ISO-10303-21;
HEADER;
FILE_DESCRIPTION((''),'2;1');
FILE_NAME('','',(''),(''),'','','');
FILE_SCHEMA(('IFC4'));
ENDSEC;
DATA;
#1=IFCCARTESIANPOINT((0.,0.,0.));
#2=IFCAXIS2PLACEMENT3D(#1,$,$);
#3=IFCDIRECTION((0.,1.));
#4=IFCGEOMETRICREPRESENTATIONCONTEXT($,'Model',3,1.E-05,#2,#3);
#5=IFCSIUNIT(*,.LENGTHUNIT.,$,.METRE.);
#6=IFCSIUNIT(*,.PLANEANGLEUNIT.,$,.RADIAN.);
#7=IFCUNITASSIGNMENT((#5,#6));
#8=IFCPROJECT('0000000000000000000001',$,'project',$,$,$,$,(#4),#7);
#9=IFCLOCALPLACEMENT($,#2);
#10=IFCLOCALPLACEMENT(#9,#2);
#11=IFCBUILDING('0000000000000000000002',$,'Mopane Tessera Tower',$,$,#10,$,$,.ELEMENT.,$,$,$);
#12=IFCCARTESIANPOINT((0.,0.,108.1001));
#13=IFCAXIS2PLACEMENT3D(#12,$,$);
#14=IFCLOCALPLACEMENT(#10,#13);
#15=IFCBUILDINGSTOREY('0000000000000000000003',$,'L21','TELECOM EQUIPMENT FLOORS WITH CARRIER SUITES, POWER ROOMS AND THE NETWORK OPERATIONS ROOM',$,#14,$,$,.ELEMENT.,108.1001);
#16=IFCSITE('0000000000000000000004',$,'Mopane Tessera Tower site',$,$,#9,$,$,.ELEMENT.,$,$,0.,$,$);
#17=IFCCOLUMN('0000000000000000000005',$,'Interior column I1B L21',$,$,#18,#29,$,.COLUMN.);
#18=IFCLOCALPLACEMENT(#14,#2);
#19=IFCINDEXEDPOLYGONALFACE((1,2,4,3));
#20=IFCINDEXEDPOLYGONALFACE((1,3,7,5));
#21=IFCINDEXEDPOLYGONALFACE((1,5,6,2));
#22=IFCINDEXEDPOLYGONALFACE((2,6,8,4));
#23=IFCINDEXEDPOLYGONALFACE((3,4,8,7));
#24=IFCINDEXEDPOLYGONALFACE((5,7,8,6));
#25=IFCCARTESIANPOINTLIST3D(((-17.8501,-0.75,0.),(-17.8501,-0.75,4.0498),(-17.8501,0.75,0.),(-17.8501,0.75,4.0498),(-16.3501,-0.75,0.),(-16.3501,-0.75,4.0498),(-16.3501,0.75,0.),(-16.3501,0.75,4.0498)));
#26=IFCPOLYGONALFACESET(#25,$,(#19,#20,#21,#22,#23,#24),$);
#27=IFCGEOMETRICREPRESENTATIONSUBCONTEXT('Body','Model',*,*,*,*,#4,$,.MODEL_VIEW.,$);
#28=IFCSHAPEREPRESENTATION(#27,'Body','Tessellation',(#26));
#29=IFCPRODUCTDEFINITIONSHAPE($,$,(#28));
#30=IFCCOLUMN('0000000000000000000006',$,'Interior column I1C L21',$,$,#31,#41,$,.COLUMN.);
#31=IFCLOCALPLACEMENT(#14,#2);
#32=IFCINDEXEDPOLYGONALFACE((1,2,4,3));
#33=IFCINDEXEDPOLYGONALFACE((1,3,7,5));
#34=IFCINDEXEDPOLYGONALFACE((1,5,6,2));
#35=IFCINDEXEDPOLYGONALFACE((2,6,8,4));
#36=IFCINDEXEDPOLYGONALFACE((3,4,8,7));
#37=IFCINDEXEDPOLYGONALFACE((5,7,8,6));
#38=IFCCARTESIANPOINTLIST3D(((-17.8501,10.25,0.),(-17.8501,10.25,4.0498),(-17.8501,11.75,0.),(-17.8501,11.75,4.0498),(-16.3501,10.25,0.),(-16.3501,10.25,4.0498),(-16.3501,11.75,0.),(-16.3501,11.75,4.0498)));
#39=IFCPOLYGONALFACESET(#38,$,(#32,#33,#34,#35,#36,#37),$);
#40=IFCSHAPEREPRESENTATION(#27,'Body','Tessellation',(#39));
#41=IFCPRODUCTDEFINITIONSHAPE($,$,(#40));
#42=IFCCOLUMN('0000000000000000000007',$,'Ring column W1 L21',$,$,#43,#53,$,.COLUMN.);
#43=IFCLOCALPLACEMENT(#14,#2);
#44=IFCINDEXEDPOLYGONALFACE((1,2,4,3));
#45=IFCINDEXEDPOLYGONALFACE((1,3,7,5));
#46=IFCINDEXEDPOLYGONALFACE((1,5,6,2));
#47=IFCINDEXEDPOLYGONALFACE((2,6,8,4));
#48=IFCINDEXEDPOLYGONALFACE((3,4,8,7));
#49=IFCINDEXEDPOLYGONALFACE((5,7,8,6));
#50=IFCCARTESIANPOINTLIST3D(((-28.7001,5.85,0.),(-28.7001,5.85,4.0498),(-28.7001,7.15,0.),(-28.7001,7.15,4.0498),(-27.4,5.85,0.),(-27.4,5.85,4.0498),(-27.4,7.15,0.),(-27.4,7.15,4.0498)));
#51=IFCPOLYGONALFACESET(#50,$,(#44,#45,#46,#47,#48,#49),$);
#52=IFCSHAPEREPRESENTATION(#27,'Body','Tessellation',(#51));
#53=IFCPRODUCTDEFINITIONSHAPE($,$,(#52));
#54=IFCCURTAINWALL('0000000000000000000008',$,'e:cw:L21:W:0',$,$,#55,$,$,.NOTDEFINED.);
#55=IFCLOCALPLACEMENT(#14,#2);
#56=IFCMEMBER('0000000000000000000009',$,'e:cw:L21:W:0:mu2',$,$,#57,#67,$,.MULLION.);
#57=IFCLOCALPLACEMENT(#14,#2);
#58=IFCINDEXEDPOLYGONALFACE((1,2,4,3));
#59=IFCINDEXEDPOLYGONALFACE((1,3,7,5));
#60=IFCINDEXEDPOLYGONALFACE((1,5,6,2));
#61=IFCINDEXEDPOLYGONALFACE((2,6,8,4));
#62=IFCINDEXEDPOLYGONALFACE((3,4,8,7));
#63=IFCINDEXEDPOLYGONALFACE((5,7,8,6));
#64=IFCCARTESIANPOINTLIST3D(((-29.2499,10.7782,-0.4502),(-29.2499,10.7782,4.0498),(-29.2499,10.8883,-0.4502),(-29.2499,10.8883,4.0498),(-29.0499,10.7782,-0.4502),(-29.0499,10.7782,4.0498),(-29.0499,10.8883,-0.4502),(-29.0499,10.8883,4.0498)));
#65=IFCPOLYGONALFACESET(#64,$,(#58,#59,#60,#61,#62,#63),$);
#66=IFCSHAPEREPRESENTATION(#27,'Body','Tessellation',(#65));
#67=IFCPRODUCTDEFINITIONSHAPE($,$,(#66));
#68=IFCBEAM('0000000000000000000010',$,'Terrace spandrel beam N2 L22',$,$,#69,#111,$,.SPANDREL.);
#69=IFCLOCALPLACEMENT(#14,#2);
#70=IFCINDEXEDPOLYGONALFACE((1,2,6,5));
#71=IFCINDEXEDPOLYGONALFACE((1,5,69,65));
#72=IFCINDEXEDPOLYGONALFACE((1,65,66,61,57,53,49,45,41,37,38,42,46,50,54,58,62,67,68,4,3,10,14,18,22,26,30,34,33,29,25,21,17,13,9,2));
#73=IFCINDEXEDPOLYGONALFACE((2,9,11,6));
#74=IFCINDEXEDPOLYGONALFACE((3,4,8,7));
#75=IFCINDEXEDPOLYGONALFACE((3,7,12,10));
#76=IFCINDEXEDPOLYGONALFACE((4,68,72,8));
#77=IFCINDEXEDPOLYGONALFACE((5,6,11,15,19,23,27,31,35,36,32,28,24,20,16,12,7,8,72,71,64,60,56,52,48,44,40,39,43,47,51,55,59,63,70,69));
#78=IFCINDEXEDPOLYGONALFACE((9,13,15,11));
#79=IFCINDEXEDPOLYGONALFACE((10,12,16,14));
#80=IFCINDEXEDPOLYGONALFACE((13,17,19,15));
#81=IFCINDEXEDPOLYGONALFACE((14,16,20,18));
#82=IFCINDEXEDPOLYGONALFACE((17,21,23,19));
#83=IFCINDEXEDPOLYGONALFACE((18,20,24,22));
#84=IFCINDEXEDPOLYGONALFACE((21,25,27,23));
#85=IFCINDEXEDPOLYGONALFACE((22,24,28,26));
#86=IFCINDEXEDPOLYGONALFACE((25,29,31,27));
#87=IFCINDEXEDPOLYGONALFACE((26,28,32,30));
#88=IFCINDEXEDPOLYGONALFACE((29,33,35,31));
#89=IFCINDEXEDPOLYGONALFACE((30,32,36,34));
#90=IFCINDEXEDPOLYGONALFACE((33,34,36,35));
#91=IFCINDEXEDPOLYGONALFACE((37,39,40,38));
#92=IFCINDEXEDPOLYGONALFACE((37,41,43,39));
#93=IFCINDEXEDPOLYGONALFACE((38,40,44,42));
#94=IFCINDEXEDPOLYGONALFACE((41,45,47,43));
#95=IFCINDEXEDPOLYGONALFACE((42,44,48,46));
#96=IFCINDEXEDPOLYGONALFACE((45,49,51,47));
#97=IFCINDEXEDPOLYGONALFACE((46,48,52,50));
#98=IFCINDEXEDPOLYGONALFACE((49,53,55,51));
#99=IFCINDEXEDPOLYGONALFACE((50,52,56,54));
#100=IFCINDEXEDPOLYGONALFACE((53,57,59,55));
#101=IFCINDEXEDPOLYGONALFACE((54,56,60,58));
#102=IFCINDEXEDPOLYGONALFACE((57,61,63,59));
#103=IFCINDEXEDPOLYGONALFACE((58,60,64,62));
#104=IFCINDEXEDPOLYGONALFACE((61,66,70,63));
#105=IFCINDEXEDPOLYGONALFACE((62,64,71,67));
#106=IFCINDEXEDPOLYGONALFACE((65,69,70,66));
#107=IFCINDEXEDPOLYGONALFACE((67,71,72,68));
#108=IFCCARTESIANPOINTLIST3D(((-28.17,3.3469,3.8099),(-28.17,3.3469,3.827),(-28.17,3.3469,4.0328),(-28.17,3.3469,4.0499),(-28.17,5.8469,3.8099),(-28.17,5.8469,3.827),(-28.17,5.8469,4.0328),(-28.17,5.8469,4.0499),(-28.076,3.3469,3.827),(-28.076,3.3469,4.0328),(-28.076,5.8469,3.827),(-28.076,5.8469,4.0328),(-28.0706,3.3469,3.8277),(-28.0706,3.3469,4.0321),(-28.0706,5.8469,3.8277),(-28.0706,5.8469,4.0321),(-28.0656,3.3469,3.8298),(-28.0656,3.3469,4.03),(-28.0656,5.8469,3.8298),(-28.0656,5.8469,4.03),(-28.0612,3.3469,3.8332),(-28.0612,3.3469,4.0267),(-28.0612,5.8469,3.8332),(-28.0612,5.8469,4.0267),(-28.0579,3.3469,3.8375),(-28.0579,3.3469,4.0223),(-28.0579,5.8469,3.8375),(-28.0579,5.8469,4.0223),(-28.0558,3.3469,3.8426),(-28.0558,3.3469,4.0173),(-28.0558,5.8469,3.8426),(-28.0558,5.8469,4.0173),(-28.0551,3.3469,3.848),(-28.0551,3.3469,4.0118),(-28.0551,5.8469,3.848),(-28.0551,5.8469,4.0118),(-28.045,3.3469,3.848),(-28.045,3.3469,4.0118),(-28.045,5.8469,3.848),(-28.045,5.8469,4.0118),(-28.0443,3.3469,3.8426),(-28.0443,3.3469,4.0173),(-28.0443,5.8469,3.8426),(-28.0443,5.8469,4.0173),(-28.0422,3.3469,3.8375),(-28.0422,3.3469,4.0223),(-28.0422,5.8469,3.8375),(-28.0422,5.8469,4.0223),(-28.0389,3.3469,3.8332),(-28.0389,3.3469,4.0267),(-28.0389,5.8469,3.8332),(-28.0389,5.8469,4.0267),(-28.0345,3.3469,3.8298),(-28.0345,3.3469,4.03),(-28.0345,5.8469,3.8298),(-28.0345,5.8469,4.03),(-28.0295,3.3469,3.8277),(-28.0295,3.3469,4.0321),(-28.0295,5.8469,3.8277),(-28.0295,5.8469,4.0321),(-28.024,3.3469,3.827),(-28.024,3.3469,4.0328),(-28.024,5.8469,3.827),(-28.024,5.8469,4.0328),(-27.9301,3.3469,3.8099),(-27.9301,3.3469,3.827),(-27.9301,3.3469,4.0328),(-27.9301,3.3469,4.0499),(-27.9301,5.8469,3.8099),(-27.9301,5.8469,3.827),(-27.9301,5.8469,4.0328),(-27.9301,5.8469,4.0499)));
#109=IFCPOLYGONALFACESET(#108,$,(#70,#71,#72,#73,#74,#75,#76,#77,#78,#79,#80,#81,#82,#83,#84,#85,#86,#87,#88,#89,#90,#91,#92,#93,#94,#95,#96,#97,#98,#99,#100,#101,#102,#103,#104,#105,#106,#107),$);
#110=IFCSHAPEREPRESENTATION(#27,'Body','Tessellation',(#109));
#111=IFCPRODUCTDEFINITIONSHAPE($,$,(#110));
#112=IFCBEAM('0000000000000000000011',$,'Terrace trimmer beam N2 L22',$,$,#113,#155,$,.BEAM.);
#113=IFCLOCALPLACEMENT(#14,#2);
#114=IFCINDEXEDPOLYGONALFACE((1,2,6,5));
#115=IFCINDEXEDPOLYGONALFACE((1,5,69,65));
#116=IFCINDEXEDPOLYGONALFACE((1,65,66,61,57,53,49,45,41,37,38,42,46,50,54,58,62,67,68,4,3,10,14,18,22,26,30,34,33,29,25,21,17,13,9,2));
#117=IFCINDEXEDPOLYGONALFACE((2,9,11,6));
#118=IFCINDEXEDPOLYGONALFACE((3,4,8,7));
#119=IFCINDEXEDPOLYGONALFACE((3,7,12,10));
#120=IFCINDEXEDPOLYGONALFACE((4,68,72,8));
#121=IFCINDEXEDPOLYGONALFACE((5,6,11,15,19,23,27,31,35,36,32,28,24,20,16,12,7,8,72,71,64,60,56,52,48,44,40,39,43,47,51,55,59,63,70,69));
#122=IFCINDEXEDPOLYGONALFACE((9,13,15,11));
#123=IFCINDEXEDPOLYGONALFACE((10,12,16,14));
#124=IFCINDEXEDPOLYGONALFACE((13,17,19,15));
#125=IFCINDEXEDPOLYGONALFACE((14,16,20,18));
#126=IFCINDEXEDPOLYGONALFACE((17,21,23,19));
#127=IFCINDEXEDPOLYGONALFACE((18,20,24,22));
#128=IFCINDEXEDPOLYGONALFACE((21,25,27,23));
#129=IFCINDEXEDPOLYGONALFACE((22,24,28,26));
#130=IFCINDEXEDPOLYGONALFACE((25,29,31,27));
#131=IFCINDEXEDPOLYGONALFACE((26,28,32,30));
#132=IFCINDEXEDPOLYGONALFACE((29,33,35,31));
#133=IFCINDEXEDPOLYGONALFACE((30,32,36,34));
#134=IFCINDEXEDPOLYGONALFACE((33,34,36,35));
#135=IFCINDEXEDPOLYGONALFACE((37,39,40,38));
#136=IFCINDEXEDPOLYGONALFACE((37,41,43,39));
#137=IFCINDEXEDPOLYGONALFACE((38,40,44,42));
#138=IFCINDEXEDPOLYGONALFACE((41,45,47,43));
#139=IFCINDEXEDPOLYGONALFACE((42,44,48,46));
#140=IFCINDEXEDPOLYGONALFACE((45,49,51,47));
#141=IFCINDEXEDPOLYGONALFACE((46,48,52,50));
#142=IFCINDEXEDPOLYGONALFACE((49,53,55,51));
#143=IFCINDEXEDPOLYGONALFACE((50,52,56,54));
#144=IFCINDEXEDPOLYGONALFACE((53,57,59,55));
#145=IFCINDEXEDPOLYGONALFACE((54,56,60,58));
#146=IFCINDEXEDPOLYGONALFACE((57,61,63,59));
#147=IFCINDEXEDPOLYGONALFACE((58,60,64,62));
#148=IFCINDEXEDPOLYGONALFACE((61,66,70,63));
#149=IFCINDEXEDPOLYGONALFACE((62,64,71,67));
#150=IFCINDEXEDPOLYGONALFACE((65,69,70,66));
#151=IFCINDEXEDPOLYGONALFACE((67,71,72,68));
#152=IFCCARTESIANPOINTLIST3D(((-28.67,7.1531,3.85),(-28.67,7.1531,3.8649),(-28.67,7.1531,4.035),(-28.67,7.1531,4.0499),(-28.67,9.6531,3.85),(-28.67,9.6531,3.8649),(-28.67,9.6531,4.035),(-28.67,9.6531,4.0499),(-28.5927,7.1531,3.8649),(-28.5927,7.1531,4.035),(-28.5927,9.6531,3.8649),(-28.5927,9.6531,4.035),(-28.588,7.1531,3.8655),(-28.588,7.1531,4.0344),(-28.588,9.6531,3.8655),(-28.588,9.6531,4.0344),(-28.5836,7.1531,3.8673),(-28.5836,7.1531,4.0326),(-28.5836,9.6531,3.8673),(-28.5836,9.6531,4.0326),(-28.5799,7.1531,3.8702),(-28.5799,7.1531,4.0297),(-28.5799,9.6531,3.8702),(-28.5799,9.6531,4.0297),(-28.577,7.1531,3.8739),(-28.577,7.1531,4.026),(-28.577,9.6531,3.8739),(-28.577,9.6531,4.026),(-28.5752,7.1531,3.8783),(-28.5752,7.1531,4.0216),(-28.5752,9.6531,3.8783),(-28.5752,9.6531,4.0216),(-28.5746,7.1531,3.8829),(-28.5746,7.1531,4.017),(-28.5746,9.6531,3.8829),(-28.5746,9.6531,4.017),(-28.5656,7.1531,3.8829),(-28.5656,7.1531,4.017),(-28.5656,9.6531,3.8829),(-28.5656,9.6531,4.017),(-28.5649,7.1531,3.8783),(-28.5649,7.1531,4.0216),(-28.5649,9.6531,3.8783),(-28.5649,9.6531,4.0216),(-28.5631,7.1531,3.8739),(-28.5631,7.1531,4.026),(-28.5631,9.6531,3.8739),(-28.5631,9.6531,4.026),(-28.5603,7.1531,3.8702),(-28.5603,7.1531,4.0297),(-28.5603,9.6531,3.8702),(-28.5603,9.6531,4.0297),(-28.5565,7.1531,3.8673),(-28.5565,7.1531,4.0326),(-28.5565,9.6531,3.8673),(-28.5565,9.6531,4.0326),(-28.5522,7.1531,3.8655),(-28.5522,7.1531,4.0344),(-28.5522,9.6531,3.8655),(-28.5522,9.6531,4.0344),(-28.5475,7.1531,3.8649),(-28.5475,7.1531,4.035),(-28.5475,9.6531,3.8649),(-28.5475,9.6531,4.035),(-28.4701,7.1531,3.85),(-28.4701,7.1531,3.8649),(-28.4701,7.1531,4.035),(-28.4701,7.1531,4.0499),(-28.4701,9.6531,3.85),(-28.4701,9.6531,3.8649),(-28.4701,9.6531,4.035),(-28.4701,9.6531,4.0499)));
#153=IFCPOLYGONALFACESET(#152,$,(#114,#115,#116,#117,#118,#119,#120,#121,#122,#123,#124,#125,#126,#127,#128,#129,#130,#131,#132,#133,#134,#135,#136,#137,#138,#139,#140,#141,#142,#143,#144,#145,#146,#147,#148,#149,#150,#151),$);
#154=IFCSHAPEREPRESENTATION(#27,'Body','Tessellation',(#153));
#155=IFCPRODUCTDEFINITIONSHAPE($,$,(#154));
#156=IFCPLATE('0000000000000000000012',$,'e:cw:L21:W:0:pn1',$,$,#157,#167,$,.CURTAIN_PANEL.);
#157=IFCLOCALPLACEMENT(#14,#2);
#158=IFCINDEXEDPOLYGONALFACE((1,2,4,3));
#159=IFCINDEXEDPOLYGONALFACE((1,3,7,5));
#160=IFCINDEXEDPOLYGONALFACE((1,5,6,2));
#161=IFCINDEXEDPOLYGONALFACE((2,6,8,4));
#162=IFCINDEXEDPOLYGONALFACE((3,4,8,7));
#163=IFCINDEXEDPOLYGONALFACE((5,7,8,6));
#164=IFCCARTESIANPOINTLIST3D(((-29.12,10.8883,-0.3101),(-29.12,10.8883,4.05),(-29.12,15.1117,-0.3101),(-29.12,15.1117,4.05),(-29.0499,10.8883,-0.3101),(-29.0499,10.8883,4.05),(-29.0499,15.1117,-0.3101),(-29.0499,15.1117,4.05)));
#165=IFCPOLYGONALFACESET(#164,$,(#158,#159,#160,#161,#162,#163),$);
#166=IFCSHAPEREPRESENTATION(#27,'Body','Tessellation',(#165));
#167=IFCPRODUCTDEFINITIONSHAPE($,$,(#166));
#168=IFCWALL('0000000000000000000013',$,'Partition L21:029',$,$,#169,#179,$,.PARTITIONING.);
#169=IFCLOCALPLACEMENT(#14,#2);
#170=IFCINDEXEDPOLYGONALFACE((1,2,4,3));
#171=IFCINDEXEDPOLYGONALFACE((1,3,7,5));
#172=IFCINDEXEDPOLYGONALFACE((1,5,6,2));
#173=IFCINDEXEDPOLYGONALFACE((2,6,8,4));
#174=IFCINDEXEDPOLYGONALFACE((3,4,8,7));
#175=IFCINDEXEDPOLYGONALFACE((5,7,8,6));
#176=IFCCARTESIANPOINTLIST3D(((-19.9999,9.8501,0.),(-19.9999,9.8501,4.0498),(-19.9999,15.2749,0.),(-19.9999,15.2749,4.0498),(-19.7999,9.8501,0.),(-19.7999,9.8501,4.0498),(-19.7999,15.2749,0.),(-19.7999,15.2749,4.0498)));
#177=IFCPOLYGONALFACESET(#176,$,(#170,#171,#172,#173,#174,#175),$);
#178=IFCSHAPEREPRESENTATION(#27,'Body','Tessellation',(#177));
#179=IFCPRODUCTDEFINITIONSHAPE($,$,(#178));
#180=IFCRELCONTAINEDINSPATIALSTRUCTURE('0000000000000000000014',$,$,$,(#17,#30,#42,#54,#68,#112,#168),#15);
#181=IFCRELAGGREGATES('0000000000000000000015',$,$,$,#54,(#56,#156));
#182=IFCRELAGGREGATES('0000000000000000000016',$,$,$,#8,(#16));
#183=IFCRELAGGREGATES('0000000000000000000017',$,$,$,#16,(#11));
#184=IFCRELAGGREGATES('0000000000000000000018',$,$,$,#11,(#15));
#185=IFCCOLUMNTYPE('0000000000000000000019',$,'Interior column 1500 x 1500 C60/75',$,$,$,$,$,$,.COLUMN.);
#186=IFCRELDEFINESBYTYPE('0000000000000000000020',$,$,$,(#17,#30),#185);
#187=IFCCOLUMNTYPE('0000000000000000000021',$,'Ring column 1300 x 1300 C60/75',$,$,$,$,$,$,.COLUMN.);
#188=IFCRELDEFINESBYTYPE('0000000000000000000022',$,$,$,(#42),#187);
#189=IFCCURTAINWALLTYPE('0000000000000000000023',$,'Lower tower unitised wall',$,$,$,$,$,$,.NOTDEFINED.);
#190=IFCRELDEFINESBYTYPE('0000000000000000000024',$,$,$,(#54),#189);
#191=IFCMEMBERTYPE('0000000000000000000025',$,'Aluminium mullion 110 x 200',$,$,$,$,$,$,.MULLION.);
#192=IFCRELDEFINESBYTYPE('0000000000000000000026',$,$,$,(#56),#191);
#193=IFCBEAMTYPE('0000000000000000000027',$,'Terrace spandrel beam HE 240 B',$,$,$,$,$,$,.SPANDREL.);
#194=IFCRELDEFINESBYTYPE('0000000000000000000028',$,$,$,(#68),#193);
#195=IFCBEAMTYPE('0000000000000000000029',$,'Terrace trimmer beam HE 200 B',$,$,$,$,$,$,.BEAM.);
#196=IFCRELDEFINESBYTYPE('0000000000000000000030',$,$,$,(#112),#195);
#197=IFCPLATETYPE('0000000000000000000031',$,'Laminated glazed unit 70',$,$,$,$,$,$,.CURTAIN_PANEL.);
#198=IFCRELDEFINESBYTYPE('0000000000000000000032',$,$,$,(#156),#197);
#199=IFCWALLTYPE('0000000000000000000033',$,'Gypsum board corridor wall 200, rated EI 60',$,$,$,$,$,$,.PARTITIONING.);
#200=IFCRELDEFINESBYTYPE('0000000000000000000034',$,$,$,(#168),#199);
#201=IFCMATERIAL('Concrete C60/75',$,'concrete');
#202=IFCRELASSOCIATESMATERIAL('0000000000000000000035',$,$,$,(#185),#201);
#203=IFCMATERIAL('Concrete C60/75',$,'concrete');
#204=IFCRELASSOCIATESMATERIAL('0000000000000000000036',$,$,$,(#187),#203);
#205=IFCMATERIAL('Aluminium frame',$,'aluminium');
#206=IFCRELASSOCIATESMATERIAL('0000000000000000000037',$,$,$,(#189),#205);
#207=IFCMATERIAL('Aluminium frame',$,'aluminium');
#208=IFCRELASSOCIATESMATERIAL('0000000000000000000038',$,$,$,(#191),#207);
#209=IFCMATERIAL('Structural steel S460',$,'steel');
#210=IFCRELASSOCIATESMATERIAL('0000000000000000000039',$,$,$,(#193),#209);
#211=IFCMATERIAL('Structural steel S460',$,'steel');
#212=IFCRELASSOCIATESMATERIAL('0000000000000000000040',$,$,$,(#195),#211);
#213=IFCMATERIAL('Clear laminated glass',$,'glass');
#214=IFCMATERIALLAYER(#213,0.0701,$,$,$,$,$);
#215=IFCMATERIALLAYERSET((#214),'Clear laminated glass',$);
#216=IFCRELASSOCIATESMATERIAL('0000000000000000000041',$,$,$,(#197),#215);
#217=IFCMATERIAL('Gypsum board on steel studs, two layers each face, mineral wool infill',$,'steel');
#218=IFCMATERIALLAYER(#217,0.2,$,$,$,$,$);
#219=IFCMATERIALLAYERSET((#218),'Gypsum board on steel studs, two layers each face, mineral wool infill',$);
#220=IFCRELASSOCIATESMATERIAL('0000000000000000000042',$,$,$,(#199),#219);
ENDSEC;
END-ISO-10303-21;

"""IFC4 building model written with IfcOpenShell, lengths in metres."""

from ifc_helpers import new_model, si_unit, direction, frame, frame_2d, origin, origin_2d, place, context, subcontext, project, spatial, rectangle, i_section, extrude, material, layer, layer_set, material_profile, profile_set, type_object, element, aggregate, save


model = new_model("IFC4")

# Units and contexts
model_context = context("Model", 3, precision=1e-05, world=origin(), true_north=direction((0.0, 1.0)))
body_context = subcontext(model_context, "Body", "Model", "MODEL_VIEW")
ifc_project = project(units=[si_unit("LENGTHUNIT", "METRE"), si_unit("PLANEANGLEUNIT", "RADIAN")], contexts=[model_context])

# Site, building, storey
site_placement = place(None, origin())
site = spatial("IfcSite", under=ifc_project, at=site_placement, Name="Mopane Tessera Tower site", CompositionType="ELEMENT", RefElevation=0.0)
building_placement = place(site_placement, origin())
building = spatial("IfcBuilding", under=site, at=building_placement, Name="Mopane Tessera Tower", CompositionType="ELEMENT")
storey_placement = place(building_placement, frame((0.0, 0.0, 108.1001)))
storey = spatial("IfcBuildingStorey", under=building, at=storey_placement, Name="L21", Description="TELECOM EQUIPMENT FLOORS WITH CARRIER SUITES, POWER ROOMS AND THE NETWORK OPERATIONS ROOM", CompositionType="ELEMENT", Elevation=108.1001)

# Columns
ifc_material_1 = material(Name="Concrete C60/75", Category="concrete")
ifc_material_profile_1 = material_profile(ifc_material_1, rectangle(XDim=1.5, YDim=1.5, at=origin_2d()))
ifc_profile_set_1 = profile_set([ifc_material_profile_1], Name="Concrete C60/75")
column_type_1 = type_object("IfcColumnType", Name="Interior column 1500 x 1500 C60/75", PredefinedType="COLUMN", material=ifc_profile_set_1)
for number, where, z_axis, x_axis, name in (
    (1, (-17.1001, 0.0, 0.0), (0.0, 0.0, 1.0), (1.0, 0.0, 0.0), "Interior column I1B L21"),
    (2, (-17.1001, 11.0, 0.0), (0.0, 0.0, 1.0), (1.0, 0.0, 0.0), "Interior column I1C L21"),
):
    element("IfcColumn", number, at=place(storey_placement, frame(where, z_axis=z_axis, x_axis=x_axis)), inside=storey, type_object=column_type_1, Name=name, PredefinedType="COLUMN", context=body_context, shape_type="SweptSolid", body=[
        extrude(rectangle(XDim=1.5, YDim=1.5, at=origin_2d()), origin(), (0.0, 0.0, 1.0), 4.0498),
    ])
ifc_material_2 = material(Name="Concrete C60/75", Category="concrete")
ifc_material_profile_2 = material_profile(ifc_material_2, rectangle(XDim=1.3, YDim=1.3, at=origin_2d()))
ifc_profile_set_2 = profile_set([ifc_material_profile_2], Name="Concrete C60/75")
column_type_2 = type_object("IfcColumnType", Name="Ring column 1300 x 1300 C60/75", PredefinedType="COLUMN", material=ifc_profile_set_2)
column_placement = place(storey_placement, frame((-28.05, 6.5, 0.0), z_axis=(0.0, 0.0, 1.0), x_axis=(1.0, 0.0, 0.0)))
element("IfcColumn", 3, at=column_placement, inside=storey, type_object=column_type_2, Name="Ring column W1 L21", PredefinedType="COLUMN", context=body_context, shape_type="SweptSolid", body=[
    extrude(rectangle(XDim=1.3, YDim=1.3, at=origin_2d()), origin(), (0.0, 0.0, 1.0), 4.0498),
])

# Curtain wall, member
ifc_material_3 = material(Name="Aluminium frame", Category="aluminium")
curtain_wall_type = type_object("IfcCurtainWallType", Name="Lower tower unitised wall", PredefinedType="NOTDEFINED", material=ifc_material_3)
curtain_wall_placement = place(storey_placement, origin())
curtain_wall = element("IfcCurtainWall", 4, at=curtain_wall_placement, inside=storey, type_object=curtain_wall_type, Name="e:cw:L21:W:0", PredefinedType="NOTDEFINED")
ifc_material_4 = material(Name="Aluminium frame", Category="aluminium")
ifc_material_profile_3 = material_profile(ifc_material_4, rectangle(XDim=0.1101, YDim=0.2, at=origin_2d()))
ifc_profile_set_3 = profile_set([ifc_material_profile_3], Name="Aluminium frame")
member_type = type_object("IfcMemberType", Name="Aluminium mullion 110 x 200", PredefinedType="MULLION", material=ifc_profile_set_3)
member_placement = place(storey_placement, frame((-29.1499, 10.8333, -0.4502), z_axis=(0.0, 0.0, 1.0), x_axis=(0.0, -1.0, 0.0)))
member = element("IfcMember", 5, at=member_placement, type_object=member_type, Name="e:cw:L21:W:0:mu2", PredefinedType="MULLION", context=body_context, shape_type="SweptSolid", body=[
    extrude(rectangle(XDim=0.1101, YDim=0.2, at=origin_2d()), origin(), (0.0, 0.0, 1.0), 4.5),
])

# Beams
ifc_material_5 = material(Name="Structural steel S460", Category="steel")
ifc_material_profile_4 = material_profile(ifc_material_5, i_section(OverallWidth=0.24, OverallDepth=0.24, WebThickness=0.01, FlangeThickness=0.0171, FilletRadius=0.021, at=origin_2d()))
ifc_profile_set_4 = profile_set([ifc_material_profile_4], Name="Structural steel S460")
beam_type_1 = type_object("IfcBeamType", Name="Terrace spandrel beam HE 240 B", PredefinedType="SPANDREL", material=ifc_profile_set_4)
beam_1_placement = place(storey_placement, frame((-28.05, 5.8469, 3.9299), z_axis=(0.0, -1.0, 0.0), x_axis=(1.0, 0.0, 0.0)))
element("IfcBeam", 6, at=beam_1_placement, inside=storey, type_object=beam_type_1, Name="Terrace spandrel beam N2 L22", PredefinedType="SPANDREL", context=body_context, shape_type="SweptSolid", body=[
    extrude(i_section(OverallWidth=0.24, OverallDepth=0.24, WebThickness=0.01, FlangeThickness=0.0171, FilletRadius=0.021, at=origin_2d()), origin(), (0.0, 0.0, 1.0), 2.5),
])
ifc_material_6 = material(Name="Structural steel S460", Category="steel")
ifc_material_profile_5 = material_profile(ifc_material_6, i_section(OverallWidth=0.2, OverallDepth=0.2, WebThickness=0.009, FlangeThickness=0.0149, FilletRadius=0.0181, at=origin_2d()))
ifc_profile_set_5 = profile_set([ifc_material_profile_5], Name="Structural steel S460")
beam_type_2 = type_object("IfcBeamType", Name="Terrace trimmer beam HE 200 B", PredefinedType="BEAM", material=ifc_profile_set_5)
beam_2_placement = place(storey_placement, frame((-28.5701, 7.1531, 3.95), z_axis=(0.0, 1.0, 0.0), x_axis=(-1.0, 0.0, 0.0)))
element("IfcBeam", 7, at=beam_2_placement, inside=storey, type_object=beam_type_2, Name="Terrace trimmer beam N2 L22", PredefinedType="BEAM", context=body_context, shape_type="SweptSolid", body=[
    extrude(i_section(OverallWidth=0.2, OverallDepth=0.2, WebThickness=0.009, FlangeThickness=0.0149, FilletRadius=0.0181, at=origin_2d()), origin(), (0.0, 0.0, 1.0), 2.5),
])

# Plate
ifc_material_7 = material(Name="Clear laminated glass", Category="glass")
ifc_layer_1 = layer(ifc_material_7, 0.0701)
ifc_layer_set_1 = layer_set([ifc_layer_1], Name="Clear laminated glass")
plate_type = type_object("IfcPlateType", Name="Laminated glazed unit 70", PredefinedType="CURTAIN_PANEL", material=ifc_layer_set_1)
plate_placement = place(storey_placement, frame((-29.085, 13.0, -0.3101), z_axis=(0.0, 0.0, 1.0), x_axis=(0.0, -1.0, 0.0)))
plate = element("IfcPlate", 8, at=plate_placement, type_object=plate_type, Name="e:cw:L21:W:0:pn1", PredefinedType="CURTAIN_PANEL", context=body_context, shape_type="SweptSolid", body=[
    extrude(rectangle(XDim=4.2234, YDim=0.0701, at=origin_2d()), origin(), (0.0, 0.0, 1.0), 4.3601),
])
aggregate(curtain_wall, [member, plate])

# Wall
ifc_material_8 = material(Name="Gypsum board on steel studs, two layers each face, mineral wool infill", Category="steel")
ifc_layer_2 = layer(ifc_material_8, 0.2)
ifc_layer_set_2 = layer_set([ifc_layer_2], Name="Gypsum board on steel studs, two layers each face, mineral wool infill")
wall_type_1 = type_object("IfcWallType", Name="Gypsum board corridor wall 200, rated EI 60", PredefinedType="PARTITIONING", material=ifc_layer_set_2)
wall_1_placement = place(storey_placement, frame((-19.8999, 9.8501, 0.0), z_axis=(0.0, 0.0, 1.0), x_axis=(0.0, 1.0, 0.0)))
element("IfcWall", 9, at=wall_1_placement, inside=storey, type_object=wall_type_1, Name="Partition L21:029", PredefinedType="PARTITIONING", context=body_context, shape_type="SweptSolid", body=[
    extrude(rectangle(XDim=5.4248, YDim=0.2, at=frame_2d((2.7124, 0.0))), origin(), (0.0, 0.0, 1.0), 4.0498),
])

save(model, "model.ifc")
